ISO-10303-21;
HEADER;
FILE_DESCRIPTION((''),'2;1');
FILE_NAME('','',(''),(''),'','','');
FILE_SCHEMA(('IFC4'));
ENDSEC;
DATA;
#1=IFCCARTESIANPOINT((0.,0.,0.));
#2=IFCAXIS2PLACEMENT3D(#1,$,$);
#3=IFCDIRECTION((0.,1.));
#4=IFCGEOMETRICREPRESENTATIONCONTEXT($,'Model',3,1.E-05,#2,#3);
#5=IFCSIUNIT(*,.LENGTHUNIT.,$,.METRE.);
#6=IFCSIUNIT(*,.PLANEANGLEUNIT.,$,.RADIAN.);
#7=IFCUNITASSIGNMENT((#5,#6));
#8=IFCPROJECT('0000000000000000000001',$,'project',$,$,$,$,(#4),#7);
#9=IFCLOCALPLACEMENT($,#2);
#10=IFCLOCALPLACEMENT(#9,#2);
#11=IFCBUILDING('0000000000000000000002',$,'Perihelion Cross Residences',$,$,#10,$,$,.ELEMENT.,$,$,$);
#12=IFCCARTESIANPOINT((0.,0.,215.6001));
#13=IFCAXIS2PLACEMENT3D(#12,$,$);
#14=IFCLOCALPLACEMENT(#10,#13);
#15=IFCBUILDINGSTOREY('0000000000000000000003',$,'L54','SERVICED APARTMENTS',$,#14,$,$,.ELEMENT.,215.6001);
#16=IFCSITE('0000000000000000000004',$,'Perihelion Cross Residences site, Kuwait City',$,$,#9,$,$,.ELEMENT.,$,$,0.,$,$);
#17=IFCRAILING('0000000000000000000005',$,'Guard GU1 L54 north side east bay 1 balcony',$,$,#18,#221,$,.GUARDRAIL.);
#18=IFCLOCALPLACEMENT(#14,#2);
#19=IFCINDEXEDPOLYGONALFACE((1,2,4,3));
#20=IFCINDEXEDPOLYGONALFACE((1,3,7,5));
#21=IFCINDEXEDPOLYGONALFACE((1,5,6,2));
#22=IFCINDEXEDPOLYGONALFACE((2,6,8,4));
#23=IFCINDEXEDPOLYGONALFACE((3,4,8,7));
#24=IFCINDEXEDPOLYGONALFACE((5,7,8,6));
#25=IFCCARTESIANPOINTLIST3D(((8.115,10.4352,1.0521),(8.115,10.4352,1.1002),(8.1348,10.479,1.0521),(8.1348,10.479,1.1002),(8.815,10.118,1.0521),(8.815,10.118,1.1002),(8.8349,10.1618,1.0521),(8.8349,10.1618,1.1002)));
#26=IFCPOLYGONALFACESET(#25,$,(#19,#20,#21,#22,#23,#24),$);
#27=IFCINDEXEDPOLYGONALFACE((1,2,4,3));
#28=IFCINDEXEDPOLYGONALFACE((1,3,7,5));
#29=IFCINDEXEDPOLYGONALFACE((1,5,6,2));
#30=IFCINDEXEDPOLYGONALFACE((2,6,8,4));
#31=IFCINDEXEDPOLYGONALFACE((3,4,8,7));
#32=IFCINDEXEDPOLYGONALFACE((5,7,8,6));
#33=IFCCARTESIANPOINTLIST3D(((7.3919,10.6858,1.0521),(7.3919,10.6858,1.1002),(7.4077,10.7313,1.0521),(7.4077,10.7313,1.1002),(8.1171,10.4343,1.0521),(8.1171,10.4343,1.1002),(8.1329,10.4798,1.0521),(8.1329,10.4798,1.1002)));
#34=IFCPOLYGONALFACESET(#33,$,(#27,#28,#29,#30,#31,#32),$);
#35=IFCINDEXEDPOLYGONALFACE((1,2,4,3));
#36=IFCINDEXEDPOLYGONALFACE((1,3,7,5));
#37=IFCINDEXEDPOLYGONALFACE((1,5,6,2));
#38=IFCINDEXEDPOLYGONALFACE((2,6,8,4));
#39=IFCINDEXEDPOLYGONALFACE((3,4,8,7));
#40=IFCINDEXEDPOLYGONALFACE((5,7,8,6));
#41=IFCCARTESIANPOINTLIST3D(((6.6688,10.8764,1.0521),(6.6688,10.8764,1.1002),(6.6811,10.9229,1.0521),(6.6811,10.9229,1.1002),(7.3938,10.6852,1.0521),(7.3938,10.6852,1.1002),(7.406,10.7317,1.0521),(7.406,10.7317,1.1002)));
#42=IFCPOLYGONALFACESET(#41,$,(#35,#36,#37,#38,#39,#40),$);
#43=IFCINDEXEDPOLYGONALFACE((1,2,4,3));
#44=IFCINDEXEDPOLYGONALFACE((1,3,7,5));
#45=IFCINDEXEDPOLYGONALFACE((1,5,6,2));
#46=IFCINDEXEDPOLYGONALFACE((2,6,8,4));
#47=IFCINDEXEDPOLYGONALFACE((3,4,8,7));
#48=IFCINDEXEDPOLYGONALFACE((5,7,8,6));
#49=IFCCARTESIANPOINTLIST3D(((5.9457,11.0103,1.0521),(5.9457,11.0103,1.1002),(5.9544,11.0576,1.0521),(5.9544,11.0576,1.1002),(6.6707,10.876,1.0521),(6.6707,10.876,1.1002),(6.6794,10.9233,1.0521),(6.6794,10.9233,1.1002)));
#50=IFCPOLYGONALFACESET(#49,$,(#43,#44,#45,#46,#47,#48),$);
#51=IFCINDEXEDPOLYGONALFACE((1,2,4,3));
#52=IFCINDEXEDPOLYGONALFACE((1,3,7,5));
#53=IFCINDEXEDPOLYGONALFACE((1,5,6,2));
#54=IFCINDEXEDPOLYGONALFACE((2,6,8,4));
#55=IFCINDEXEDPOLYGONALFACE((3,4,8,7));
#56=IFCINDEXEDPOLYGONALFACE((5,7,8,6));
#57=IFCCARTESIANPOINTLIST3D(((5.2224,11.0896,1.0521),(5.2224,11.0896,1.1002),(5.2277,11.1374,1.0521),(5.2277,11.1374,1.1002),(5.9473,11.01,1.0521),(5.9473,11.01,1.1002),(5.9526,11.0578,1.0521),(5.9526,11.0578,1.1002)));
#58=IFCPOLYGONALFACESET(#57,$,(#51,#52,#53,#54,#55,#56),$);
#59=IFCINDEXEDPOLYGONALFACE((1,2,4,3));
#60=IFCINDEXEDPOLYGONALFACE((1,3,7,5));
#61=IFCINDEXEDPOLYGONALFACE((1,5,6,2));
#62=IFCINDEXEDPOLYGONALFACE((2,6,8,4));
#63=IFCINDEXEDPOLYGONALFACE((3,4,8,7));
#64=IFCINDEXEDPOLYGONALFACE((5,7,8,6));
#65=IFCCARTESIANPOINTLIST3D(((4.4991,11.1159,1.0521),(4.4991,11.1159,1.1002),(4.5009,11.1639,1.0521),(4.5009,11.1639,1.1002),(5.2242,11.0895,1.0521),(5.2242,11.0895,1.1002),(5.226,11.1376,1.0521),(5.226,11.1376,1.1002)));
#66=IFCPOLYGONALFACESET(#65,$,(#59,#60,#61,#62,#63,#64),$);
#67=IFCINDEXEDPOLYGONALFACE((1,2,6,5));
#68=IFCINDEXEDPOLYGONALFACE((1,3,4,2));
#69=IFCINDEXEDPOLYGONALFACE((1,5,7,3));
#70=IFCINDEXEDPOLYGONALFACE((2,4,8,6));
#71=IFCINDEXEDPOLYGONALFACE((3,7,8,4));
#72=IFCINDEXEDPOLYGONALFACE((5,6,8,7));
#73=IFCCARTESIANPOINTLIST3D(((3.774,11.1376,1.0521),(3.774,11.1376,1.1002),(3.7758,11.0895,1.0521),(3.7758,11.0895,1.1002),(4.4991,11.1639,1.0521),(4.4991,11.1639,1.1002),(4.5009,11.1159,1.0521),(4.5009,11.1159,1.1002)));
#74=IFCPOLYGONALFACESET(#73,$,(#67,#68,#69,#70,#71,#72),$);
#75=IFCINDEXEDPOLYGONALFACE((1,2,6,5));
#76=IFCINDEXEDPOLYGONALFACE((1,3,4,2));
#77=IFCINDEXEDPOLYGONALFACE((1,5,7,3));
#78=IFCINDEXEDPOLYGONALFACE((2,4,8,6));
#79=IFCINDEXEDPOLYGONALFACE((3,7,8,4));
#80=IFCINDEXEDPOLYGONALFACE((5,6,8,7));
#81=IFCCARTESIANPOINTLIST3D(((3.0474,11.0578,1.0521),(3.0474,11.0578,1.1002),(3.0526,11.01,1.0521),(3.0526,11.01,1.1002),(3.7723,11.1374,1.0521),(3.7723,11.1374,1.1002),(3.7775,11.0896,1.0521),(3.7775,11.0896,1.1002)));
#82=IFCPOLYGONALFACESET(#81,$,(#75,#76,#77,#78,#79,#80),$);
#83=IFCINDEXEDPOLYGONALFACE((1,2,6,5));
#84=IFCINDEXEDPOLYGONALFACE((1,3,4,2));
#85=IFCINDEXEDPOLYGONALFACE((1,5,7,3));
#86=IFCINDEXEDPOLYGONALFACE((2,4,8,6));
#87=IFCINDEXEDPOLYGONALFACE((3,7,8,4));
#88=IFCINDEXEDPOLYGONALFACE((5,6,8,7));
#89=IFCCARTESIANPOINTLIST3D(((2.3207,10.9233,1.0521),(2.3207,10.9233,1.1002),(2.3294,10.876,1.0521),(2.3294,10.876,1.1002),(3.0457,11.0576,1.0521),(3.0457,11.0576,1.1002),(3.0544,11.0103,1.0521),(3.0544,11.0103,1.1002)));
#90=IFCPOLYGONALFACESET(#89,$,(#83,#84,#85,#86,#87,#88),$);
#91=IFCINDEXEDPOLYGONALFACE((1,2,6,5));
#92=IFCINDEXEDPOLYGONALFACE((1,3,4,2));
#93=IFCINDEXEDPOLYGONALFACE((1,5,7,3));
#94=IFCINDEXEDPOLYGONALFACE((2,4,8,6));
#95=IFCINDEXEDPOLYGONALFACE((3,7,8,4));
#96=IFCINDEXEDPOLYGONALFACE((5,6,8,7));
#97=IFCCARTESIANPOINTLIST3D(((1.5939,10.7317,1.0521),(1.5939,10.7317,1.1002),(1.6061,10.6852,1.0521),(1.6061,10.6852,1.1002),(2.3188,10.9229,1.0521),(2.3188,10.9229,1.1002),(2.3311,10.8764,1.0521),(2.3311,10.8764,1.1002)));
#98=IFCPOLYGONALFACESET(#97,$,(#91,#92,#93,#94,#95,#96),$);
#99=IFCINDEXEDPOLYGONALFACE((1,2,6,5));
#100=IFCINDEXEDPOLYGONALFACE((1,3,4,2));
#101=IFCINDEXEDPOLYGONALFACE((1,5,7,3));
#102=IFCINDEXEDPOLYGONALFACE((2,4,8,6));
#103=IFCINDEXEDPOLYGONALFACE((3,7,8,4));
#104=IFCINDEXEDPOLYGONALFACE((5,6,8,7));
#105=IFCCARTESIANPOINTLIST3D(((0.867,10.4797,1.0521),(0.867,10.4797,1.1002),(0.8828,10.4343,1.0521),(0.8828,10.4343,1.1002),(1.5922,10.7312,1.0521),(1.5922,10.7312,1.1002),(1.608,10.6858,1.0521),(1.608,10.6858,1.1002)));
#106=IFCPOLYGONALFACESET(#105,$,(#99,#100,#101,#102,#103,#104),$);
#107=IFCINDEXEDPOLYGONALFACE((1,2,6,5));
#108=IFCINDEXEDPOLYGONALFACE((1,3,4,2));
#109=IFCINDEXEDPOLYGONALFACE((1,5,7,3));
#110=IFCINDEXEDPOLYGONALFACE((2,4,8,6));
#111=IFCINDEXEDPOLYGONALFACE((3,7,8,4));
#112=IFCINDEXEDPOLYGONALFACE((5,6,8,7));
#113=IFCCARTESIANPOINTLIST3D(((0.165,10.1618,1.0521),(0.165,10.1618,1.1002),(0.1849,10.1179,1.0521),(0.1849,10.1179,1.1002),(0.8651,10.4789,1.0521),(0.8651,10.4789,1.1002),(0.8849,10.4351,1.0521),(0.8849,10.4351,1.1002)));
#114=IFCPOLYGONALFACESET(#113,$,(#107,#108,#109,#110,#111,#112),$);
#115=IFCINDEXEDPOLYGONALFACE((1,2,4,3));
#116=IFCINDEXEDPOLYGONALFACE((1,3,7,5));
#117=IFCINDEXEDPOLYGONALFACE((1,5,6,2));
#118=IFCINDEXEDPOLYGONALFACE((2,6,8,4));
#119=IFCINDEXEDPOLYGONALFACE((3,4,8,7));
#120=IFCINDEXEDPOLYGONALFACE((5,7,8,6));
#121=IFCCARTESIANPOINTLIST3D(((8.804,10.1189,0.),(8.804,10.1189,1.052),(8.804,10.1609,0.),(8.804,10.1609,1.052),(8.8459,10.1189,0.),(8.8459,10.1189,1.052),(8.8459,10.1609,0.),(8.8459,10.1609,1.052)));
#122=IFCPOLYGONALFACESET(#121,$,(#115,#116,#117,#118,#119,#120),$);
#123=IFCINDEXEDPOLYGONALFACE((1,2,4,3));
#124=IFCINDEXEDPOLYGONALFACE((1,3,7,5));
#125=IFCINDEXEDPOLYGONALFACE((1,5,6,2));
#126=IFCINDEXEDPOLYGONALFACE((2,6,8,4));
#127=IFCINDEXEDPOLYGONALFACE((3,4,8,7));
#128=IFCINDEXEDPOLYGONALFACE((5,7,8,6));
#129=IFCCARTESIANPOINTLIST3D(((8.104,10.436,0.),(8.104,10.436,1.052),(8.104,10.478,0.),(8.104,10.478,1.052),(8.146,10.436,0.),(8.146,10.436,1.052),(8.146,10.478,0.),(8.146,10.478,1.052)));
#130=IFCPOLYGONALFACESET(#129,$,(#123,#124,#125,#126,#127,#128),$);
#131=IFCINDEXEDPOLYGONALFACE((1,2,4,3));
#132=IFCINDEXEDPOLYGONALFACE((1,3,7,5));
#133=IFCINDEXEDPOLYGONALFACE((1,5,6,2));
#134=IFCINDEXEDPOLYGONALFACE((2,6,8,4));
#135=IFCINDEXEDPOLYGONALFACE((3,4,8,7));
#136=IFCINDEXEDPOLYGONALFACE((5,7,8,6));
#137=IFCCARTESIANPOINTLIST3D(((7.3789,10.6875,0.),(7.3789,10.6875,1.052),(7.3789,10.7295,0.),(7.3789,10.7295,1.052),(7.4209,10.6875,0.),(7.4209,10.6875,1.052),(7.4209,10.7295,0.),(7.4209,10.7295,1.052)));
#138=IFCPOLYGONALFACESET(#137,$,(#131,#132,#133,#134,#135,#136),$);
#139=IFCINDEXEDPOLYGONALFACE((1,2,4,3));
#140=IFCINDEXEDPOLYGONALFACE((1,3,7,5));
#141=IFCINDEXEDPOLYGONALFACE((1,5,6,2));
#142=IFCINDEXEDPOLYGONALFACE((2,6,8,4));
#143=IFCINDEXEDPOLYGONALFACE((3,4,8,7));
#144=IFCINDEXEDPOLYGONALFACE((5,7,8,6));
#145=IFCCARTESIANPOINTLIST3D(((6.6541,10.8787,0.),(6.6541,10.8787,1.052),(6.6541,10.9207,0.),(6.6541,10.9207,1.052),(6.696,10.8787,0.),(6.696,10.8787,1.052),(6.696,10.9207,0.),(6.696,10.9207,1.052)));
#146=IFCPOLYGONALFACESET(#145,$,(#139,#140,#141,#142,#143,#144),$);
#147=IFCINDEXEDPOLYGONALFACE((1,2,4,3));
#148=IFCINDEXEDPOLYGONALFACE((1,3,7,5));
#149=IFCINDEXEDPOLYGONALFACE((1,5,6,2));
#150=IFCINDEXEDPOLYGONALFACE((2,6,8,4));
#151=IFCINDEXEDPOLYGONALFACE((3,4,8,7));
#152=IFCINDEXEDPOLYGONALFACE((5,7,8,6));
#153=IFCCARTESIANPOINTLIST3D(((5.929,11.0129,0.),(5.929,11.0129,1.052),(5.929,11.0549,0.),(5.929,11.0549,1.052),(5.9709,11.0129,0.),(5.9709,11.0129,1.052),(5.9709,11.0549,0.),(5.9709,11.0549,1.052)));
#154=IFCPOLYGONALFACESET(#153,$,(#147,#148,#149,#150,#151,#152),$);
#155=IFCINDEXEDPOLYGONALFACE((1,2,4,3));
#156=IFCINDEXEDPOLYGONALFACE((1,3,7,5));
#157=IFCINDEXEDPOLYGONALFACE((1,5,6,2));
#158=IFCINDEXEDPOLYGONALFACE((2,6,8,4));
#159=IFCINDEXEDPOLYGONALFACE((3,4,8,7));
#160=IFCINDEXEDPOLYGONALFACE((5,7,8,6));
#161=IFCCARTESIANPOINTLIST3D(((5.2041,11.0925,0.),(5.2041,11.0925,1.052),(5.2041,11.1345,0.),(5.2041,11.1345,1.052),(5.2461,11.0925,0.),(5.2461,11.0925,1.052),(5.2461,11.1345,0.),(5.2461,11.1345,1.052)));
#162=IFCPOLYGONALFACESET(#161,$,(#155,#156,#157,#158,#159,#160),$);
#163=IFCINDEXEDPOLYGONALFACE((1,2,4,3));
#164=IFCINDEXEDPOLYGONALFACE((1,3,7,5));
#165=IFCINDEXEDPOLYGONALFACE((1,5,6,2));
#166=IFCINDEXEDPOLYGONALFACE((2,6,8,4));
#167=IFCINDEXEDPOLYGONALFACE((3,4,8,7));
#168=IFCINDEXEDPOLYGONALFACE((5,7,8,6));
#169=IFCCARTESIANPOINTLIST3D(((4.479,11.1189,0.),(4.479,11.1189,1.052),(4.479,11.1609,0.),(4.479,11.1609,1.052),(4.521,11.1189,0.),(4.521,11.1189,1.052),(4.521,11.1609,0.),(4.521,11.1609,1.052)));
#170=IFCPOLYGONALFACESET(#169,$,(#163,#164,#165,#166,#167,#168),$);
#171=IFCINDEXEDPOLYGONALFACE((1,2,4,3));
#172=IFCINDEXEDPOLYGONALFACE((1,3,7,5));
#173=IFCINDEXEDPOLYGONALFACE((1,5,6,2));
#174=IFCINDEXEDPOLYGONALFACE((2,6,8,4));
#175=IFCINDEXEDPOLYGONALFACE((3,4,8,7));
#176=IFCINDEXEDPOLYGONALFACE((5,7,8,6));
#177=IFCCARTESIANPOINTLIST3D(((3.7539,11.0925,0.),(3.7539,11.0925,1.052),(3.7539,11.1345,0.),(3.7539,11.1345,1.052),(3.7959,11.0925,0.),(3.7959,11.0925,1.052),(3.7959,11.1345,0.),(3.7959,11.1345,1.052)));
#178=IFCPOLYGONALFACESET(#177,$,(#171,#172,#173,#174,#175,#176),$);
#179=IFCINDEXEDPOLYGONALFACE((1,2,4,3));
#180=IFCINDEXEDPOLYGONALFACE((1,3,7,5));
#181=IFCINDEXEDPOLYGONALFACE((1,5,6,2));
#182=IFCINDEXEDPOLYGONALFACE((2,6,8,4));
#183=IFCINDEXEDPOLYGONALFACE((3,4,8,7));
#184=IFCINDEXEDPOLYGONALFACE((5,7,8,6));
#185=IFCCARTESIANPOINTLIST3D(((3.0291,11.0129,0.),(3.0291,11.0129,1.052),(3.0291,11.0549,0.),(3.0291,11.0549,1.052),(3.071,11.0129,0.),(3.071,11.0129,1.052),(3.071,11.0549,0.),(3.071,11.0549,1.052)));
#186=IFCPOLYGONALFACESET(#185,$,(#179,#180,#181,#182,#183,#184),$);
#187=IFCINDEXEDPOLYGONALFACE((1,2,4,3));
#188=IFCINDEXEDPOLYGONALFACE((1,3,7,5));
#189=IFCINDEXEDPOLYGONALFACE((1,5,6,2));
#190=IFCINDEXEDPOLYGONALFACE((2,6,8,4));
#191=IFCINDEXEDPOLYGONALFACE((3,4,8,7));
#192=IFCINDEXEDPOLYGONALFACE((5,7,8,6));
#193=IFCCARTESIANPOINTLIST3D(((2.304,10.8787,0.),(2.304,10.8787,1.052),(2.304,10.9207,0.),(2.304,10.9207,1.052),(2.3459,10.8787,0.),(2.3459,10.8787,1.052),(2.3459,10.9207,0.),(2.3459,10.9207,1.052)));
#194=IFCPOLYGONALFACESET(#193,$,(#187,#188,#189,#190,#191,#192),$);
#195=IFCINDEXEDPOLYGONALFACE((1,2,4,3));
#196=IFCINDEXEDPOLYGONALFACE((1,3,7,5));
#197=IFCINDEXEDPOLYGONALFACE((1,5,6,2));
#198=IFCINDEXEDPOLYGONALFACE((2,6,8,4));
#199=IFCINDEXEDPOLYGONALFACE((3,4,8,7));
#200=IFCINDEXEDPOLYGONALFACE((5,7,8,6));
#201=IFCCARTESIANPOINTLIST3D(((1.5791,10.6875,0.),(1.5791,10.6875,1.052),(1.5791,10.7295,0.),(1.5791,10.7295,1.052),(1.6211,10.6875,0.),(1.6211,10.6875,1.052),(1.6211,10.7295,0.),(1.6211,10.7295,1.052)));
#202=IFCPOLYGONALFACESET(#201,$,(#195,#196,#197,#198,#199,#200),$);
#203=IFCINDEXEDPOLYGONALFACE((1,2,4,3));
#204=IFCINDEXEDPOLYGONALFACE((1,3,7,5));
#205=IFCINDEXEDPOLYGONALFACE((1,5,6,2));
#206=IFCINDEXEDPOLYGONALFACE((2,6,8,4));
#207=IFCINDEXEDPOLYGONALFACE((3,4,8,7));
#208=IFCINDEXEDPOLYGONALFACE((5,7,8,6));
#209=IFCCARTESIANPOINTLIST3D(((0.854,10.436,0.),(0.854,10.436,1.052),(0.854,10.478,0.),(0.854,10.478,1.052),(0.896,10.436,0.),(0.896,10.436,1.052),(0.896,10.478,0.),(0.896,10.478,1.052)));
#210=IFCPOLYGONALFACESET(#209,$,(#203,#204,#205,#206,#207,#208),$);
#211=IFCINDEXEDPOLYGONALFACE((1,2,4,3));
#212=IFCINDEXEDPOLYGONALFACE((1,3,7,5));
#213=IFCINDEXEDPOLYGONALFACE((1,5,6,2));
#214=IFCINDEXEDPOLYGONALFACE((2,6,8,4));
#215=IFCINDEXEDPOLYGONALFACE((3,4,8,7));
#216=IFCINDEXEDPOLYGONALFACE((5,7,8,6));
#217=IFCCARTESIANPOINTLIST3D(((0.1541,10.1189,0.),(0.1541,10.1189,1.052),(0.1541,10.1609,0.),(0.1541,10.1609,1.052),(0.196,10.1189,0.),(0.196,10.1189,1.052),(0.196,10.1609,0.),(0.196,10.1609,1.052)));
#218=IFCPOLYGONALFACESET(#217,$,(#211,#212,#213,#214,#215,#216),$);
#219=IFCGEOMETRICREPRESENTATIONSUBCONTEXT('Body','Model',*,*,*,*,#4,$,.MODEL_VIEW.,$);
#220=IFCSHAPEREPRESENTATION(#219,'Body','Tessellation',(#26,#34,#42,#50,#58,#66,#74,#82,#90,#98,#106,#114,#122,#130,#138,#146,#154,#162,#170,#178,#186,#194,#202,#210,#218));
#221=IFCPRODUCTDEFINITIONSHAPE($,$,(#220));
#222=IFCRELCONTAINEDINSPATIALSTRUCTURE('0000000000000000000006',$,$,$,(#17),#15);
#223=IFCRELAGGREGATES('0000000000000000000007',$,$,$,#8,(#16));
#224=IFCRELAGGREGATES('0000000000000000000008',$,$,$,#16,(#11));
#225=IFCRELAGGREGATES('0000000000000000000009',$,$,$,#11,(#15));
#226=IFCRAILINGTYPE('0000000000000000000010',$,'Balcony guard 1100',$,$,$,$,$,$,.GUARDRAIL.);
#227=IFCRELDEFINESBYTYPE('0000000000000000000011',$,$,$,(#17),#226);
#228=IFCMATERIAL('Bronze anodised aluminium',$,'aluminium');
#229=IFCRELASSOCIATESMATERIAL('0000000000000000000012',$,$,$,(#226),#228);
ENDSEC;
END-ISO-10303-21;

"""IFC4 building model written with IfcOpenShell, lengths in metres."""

from ifc_helpers import new_model, si_unit, direction, frame, origin, origin_2d, place, context, subcontext, project, spatial, rectangle, extrude, material, type_object, element, save


model = new_model("IFC4")

# Units and contexts
model_context = context("Model", 3, precision=1e-05, world=origin(), true_north=direction((0.0, 1.0)))
body_context = subcontext(model_context, "Body", "Model", "MODEL_VIEW")
ifc_project = project(units=[si_unit("LENGTHUNIT", "METRE"), si_unit("PLANEANGLEUNIT", "RADIAN")], contexts=[model_context])

# Site, building, storey
site_placement = place(None, origin())
site = spatial("IfcSite", under=ifc_project, at=site_placement, Name="Perihelion Cross Residences site, Kuwait City", CompositionType="ELEMENT", RefElevation=0.0)
building_placement = place(site_placement, origin())
building = spatial("IfcBuilding", under=site, at=building_placement, Name="Perihelion Cross Residences", CompositionType="ELEMENT")
storey_placement = place(building_placement, frame((0.0, 0.0, 215.6001)))
storey = spatial("IfcBuildingStorey", under=building, at=storey_placement, Name="L54", Description="SERVICED APARTMENTS", CompositionType="ELEMENT", Elevation=215.6001)

# Railing
ifc_material_1 = material(Name="Bronze anodised aluminium", Category="aluminium")
railing_type = type_object("IfcRailingType", Name="Balcony guard 1100", PredefinedType="GUARDRAIL", material=ifc_material_1)
railing_placement = place(storey_placement, frame((8.825, 10.1399, 0.0)))
element("IfcRailing", 1, at=railing_placement, inside=storey, type_object=railing_type, Name="Guard GU1 L54 north side east bay 1 balcony", PredefinedType="GUARDRAIL", context=body_context, shape_type="SweptSolid", body=[
    extrude(rectangle(XDim=0.0481, YDim=0.0481, at=origin_2d()), frame((0.0, 0.0, 1.0762), z_axis=(-0.910866, 0.412702, 0.0), x_axis=(-0.412702, -0.910866, 0.0)), (0.0, 0.0, 1.0), 0.7686),
    extrude(rectangle(XDim=0.0481, YDim=0.0481, at=origin_2d()), frame((-0.7, 0.3171, 1.0762), z_axis=(-0.944797, 0.327657, 0.0), x_axis=(-0.327657, -0.944797, 0.0)), (0.0, 0.0, 1.0), 0.7676),
    extrude(rectangle(XDim=0.0481, YDim=0.0481, at=origin_2d()), frame((-1.425, 0.5686, 1.0762), z_axis=(-0.966939, 0.255006, 0.0), x_axis=(-0.255006, -0.966939, 0.0)), (0.0, 0.0, 1.0), 0.7498),
    extrude(rectangle(XDim=0.0481, YDim=0.0481, at=origin_2d()), frame((-2.1499, 0.7598, 1.0762), z_axis=(-0.983282, 0.182089, 0.0), x_axis=(-0.182089, -0.983282, 0.0)), (0.0, 0.0, 1.0), 0.7373),
    extrude(rectangle(XDim=0.0481, YDim=0.0481, at=origin_2d()), frame((-2.875, 0.894, 1.0762), z_axis=(-0.994026, 0.109145, 0.0), x_axis=(-0.109145, -0.994026, 0.0)), (0.0, 0.0, 1.0), 0.7292),
    extrude(rectangle(XDim=0.0481, YDim=0.0481, at=origin_2d()), frame((-3.5999, 0.9736, 1.0762), z_axis=(-0.999339, 0.03634, 0.0), x_axis=(-0.03634, -0.999339, 0.0)), (0.0, 0.0, 1.0), 0.7256),
    extrude(rectangle(XDim=0.0481, YDim=0.0481, at=origin_2d()), frame((-4.325, 1.0, 1.0762), z_axis=(-0.999339, -0.03634, 0.0), x_axis=(0.03634, -0.999339, 0.0)), (0.0, 0.0, 1.0), 0.7256),
    extrude(rectangle(XDim=0.0481, YDim=0.0481, at=origin_2d()), frame((-5.05, 0.9736, 1.0762), z_axis=(-0.994026, -0.109145, 0.0), x_axis=(0.109145, -0.994026, 0.0)), (0.0, 0.0, 1.0), 0.7292),
    extrude(rectangle(XDim=0.0481, YDim=0.0481, at=origin_2d()), frame((-5.7749, 0.894, 1.0762), z_axis=(-0.983282, -0.182089, 0.0), x_axis=(0.182089, -0.983282, 0.0)), (0.0, 0.0, 1.0), 0.7373),
    extrude(rectangle(XDim=0.0481, YDim=0.0481, at=origin_2d()), frame((-6.5, 0.7598, 1.0762), z_axis=(-0.966939, -0.255006, 0.0), x_axis=(0.255006, -0.966939, 0.0)), (0.0, 0.0, 1.0), 0.7498),
    extrude(rectangle(XDim=0.0481, YDim=0.0481, at=origin_2d()), frame((-7.2249, 0.5686, 1.0762), z_axis=(-0.944797, -0.327657, 0.0), x_axis=(0.327657, -0.944797, 0.0)), (0.0, 0.0, 1.0), 0.7676),
    extrude(rectangle(XDim=0.0481, YDim=0.0481, at=origin_2d()), frame((-7.95, 0.3171, 1.0762), z_axis=(-0.910866, -0.412702, 0.0), x_axis=(0.412702, -0.910866, 0.0)), (0.0, 0.0, 1.0), 0.7686),
    extrude(rectangle(XDim=0.042, YDim=0.042, at=origin_2d()), origin(), (0.0, 0.0, 1.0), 1.052),
    extrude(rectangle(XDim=0.042, YDim=0.042, at=origin_2d()), frame((-0.7, 0.3171, 0.0)), (0.0, 0.0, 1.0), 1.052),
    extrude(rectangle(XDim=0.042, YDim=0.042, at=origin_2d()), frame((-1.425, 0.5686, 0.0)), (0.0, 0.0, 1.0), 1.052),
    extrude(rectangle(XDim=0.042, YDim=0.042, at=origin_2d()), frame((-2.1499, 0.7598, 0.0)), (0.0, 0.0, 1.0), 1.052),
    extrude(rectangle(XDim=0.042, YDim=0.042, at=origin_2d()), frame((-2.875, 0.894, 0.0)), (0.0, 0.0, 1.0), 1.052),
    extrude(rectangle(XDim=0.042, YDim=0.042, at=origin_2d()), frame((-3.5999, 0.9736, 0.0)), (0.0, 0.0, 1.0), 1.052),
    extrude(rectangle(XDim=0.042, YDim=0.042, at=origin_2d()), frame((-4.325, 1.0, 0.0)), (0.0, 0.0, 1.0), 1.052),
    extrude(rectangle(XDim=0.042, YDim=0.042, at=origin_2d()), frame((-5.05, 0.9736, 0.0)), (0.0, 0.0, 1.0), 1.052),
    extrude(rectangle(XDim=0.042, YDim=0.042, at=origin_2d()), frame((-5.7749, 0.894, 0.0)), (0.0, 0.0, 1.0), 1.052),
    extrude(rectangle(XDim=0.042, YDim=0.042, at=origin_2d()), frame((-6.5, 0.7598, 0.0)), (0.0, 0.0, 1.0), 1.052),
    extrude(rectangle(XDim=0.042, YDim=0.042, at=origin_2d()), frame((-7.2249, 0.5686, 0.0)), (0.0, 0.0, 1.0), 1.052),
    extrude(rectangle(XDim=0.042, YDim=0.042, at=origin_2d()), frame((-7.95, 0.3171, 0.0)), (0.0, 0.0, 1.0), 1.052),
    extrude(rectangle(XDim=0.042, YDim=0.042, at=origin_2d()), frame((-8.6499, 0.0, 0.0)), (0.0, 0.0, 1.0), 1.052),
])

save(model, "model.ifc")
